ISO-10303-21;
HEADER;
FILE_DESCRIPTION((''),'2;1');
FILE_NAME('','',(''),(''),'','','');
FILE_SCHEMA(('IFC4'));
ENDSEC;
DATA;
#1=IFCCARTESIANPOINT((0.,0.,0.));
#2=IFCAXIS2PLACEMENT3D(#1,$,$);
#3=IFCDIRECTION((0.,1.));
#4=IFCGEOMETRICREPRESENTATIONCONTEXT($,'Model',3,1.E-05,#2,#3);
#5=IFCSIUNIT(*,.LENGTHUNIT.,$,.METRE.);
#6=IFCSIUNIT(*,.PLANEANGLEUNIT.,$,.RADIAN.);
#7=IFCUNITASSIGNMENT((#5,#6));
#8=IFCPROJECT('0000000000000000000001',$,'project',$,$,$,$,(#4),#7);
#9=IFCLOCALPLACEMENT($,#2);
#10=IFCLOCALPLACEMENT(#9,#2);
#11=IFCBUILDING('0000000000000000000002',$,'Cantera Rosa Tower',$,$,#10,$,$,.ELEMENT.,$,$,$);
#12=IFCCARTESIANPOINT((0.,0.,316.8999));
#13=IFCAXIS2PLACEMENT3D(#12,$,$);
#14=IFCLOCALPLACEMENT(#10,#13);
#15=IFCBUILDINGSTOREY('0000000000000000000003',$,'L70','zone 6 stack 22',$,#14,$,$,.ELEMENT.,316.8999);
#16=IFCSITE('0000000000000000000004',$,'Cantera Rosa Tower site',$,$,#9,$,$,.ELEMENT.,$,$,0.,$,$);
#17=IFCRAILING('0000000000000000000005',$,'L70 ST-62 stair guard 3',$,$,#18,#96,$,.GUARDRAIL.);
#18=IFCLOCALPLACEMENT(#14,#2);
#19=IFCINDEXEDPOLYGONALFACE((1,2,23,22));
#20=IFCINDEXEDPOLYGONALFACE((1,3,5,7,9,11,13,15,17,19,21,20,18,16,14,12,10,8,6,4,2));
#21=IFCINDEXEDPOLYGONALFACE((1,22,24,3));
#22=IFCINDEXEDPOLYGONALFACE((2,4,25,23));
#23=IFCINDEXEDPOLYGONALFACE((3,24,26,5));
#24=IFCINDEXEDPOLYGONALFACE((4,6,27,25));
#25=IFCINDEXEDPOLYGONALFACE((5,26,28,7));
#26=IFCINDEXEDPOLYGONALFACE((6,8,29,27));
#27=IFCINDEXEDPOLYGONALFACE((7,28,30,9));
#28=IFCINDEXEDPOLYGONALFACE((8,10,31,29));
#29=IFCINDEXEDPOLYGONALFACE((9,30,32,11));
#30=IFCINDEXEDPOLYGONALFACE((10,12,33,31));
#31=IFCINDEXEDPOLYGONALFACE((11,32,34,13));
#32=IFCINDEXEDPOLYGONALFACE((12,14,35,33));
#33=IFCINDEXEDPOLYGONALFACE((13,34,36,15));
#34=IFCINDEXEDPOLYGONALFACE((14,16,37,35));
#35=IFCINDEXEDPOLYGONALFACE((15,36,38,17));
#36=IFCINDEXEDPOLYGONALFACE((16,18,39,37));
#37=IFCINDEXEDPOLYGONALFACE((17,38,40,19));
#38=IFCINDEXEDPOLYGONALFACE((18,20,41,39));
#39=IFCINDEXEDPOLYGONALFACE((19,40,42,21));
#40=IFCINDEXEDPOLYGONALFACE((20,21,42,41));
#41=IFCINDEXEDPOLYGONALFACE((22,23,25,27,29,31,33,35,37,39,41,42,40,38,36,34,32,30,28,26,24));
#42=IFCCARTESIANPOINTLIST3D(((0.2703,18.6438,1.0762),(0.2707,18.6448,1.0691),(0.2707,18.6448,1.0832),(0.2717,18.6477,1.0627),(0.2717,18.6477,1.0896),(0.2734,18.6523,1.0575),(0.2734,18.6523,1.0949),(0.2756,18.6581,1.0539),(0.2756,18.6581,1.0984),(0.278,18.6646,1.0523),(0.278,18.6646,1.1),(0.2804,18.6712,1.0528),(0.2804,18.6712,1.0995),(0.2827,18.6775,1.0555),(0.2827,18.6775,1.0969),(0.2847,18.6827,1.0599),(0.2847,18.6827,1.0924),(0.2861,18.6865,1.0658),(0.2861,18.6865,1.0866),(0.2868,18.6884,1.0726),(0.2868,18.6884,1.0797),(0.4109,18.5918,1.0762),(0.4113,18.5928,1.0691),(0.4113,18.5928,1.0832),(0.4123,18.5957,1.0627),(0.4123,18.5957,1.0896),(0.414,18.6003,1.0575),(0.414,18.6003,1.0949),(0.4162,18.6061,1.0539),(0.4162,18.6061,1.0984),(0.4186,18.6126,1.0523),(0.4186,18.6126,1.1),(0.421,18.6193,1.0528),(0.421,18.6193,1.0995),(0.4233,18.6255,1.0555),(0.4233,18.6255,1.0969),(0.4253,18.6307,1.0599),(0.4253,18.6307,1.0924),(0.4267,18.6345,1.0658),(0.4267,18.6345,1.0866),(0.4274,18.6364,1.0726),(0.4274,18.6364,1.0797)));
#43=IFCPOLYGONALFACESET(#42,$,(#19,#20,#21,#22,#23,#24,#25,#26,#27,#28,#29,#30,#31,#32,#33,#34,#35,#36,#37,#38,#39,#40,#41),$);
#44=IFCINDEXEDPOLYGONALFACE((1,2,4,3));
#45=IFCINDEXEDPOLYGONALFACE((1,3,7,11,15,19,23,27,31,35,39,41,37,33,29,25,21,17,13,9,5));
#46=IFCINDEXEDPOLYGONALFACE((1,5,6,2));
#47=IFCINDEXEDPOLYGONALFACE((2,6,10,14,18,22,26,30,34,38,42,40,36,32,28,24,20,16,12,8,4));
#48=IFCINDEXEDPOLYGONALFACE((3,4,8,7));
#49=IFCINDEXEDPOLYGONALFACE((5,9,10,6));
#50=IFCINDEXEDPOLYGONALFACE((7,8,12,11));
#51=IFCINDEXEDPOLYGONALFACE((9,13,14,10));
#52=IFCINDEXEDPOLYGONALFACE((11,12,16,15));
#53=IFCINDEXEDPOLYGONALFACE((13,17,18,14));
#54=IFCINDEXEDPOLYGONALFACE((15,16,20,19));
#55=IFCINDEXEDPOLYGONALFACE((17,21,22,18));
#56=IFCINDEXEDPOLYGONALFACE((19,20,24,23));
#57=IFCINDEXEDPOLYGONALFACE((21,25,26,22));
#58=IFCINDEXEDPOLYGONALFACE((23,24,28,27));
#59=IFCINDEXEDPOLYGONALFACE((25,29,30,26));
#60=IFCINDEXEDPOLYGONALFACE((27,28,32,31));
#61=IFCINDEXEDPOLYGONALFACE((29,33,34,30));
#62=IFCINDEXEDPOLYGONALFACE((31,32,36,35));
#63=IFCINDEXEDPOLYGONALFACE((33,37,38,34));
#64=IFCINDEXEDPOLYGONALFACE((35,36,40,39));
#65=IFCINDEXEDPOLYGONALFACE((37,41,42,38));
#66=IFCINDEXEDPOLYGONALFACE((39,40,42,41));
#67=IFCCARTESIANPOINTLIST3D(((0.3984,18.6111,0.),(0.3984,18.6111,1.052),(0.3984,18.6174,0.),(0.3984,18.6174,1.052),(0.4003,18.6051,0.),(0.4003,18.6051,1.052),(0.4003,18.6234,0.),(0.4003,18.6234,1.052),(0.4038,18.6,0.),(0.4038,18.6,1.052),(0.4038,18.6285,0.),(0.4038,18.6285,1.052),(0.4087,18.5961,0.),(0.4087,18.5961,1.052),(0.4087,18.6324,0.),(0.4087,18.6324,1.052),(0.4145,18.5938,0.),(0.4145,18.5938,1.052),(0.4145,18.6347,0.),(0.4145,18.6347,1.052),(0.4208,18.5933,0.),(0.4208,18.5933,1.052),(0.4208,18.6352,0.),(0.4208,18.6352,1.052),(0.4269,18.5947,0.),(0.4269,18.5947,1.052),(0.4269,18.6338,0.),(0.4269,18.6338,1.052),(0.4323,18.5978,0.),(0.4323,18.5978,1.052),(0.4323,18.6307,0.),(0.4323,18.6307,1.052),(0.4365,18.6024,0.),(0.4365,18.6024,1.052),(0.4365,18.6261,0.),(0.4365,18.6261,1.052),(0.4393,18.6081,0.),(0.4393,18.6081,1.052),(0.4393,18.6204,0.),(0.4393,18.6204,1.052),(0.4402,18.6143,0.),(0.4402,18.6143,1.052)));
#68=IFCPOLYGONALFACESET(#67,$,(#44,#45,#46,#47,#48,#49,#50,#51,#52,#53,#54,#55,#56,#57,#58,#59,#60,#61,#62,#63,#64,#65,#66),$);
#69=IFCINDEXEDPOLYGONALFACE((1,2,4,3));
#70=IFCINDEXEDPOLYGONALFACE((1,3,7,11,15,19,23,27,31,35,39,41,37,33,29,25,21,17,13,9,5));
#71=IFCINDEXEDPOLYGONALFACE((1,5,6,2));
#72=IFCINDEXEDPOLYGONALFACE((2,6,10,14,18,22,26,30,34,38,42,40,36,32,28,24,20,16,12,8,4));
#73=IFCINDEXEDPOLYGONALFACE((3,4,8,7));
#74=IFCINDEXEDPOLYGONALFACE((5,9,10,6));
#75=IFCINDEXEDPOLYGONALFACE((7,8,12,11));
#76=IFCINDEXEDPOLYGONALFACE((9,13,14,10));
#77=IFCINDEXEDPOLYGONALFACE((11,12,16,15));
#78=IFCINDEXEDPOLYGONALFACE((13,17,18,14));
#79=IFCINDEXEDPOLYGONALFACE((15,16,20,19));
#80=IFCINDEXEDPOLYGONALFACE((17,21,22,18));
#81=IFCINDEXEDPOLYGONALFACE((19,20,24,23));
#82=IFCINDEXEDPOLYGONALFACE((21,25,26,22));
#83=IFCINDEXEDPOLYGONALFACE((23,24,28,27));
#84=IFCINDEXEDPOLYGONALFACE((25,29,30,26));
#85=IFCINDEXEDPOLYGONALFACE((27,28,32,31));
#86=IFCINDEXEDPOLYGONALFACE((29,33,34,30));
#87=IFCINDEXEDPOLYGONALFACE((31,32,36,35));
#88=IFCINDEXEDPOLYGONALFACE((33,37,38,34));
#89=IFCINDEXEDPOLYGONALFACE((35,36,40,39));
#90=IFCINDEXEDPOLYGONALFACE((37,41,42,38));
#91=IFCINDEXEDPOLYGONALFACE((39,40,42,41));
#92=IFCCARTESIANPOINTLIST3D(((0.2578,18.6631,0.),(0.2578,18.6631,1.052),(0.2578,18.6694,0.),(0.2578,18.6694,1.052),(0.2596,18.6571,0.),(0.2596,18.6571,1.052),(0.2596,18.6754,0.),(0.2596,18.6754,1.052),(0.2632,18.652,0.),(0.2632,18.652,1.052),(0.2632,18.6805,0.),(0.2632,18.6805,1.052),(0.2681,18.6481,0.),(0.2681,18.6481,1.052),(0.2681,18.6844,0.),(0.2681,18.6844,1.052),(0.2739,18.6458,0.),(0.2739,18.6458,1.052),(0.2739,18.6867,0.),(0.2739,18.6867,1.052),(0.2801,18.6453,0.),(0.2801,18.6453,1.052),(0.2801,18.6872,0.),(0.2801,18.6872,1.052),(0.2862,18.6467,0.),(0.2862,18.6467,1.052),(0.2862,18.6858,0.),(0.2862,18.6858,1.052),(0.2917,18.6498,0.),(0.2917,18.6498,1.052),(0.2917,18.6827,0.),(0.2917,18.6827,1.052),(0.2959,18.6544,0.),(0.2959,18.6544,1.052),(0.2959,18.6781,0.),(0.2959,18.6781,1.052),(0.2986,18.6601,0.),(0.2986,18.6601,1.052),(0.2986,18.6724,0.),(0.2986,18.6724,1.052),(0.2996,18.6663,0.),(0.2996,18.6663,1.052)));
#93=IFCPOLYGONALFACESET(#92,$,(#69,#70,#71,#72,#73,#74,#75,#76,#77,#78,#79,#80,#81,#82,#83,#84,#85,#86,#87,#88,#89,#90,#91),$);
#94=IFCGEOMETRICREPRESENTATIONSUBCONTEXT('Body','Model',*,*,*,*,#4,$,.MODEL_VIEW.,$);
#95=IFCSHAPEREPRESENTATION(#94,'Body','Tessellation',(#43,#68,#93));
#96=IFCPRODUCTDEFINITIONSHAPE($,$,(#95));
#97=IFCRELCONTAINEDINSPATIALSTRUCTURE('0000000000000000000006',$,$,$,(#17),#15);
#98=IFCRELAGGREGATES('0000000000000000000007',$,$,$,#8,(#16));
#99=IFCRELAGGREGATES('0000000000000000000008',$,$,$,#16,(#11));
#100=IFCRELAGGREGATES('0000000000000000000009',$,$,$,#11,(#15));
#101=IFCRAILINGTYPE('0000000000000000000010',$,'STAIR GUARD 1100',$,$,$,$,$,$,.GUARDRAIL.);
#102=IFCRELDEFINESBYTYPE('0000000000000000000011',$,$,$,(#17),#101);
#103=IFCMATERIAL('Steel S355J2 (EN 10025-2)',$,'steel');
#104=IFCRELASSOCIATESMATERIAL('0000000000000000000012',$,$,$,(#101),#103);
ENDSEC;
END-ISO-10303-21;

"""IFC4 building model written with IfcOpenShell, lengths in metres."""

from ifc_helpers import new_model, si_unit, direction, frame, origin, origin_2d, place, context, subcontext, project, spatial, circle, extrude, material, type_object, element, save


model = new_model("IFC4")

# Units and contexts
model_context = context("Model", 3, precision=1e-05, world=origin(), true_north=direction((0.0, 1.0)))
body_context = subcontext(model_context, "Body", "Model", "MODEL_VIEW")
ifc_project = project(units=[si_unit("LENGTHUNIT", "METRE"), si_unit("PLANEANGLEUNIT", "RADIAN")], contexts=[model_context])

# Site, building, storey
site_placement = place(None, origin())
site = spatial("IfcSite", under=ifc_project, at=site_placement, Name="Cantera Rosa Tower site", CompositionType="ELEMENT", RefElevation=0.0)
building_placement = place(site_placement, origin())
building = spatial("IfcBuilding", under=site, at=building_placement, Name="Cantera Rosa Tower", CompositionType="ELEMENT")
storey_placement = place(building_placement, frame((0.0, 0.0, 316.8999)))
storey = spatial("IfcBuildingStorey", under=building, at=storey_placement, Name="L70", Description="zone 6 stack 22", CompositionType="ELEMENT", Elevation=316.8999)

# Railing
ifc_material_1 = material(Name="Steel S355J2 (EN 10025-2)", Category="steel")
railing_type_1 = type_object("IfcRailingType", Name="STAIR GUARD 1100", PredefinedType="GUARDRAIL", material=ifc_material_1)
railing_1_placement = place(storey_placement, frame((0.4192, 18.6143, 0.0)))
element("IfcRailing", 1, at=railing_1_placement, inside=storey, type_object=railing_type_1, Name="L70 ST-62 stair guard 3", PredefinedType="GUARDRAIL", context=body_context, shape_type="SweptSolid", body=[
    extrude(circle(Radius=0.0239, at=origin_2d()), frame((0.0, 0.0, 1.0762), z_axis=(-0.937925, 0.346837, 0.0), x_axis=(-0.346837, -0.937925, 0.0)), (0.0, 0.0, 1.0), 0.1499),
    extrude(circle(Radius=0.021, at=origin_2d()), origin(), (0.0, 0.0, 1.0), 1.052),
    extrude(circle(Radius=0.021, at=origin_2d()), frame((-0.1406, 0.052, 0.0)), (0.0, 0.0, 1.0), 1.052),
])

save(model, "model.ifc")
